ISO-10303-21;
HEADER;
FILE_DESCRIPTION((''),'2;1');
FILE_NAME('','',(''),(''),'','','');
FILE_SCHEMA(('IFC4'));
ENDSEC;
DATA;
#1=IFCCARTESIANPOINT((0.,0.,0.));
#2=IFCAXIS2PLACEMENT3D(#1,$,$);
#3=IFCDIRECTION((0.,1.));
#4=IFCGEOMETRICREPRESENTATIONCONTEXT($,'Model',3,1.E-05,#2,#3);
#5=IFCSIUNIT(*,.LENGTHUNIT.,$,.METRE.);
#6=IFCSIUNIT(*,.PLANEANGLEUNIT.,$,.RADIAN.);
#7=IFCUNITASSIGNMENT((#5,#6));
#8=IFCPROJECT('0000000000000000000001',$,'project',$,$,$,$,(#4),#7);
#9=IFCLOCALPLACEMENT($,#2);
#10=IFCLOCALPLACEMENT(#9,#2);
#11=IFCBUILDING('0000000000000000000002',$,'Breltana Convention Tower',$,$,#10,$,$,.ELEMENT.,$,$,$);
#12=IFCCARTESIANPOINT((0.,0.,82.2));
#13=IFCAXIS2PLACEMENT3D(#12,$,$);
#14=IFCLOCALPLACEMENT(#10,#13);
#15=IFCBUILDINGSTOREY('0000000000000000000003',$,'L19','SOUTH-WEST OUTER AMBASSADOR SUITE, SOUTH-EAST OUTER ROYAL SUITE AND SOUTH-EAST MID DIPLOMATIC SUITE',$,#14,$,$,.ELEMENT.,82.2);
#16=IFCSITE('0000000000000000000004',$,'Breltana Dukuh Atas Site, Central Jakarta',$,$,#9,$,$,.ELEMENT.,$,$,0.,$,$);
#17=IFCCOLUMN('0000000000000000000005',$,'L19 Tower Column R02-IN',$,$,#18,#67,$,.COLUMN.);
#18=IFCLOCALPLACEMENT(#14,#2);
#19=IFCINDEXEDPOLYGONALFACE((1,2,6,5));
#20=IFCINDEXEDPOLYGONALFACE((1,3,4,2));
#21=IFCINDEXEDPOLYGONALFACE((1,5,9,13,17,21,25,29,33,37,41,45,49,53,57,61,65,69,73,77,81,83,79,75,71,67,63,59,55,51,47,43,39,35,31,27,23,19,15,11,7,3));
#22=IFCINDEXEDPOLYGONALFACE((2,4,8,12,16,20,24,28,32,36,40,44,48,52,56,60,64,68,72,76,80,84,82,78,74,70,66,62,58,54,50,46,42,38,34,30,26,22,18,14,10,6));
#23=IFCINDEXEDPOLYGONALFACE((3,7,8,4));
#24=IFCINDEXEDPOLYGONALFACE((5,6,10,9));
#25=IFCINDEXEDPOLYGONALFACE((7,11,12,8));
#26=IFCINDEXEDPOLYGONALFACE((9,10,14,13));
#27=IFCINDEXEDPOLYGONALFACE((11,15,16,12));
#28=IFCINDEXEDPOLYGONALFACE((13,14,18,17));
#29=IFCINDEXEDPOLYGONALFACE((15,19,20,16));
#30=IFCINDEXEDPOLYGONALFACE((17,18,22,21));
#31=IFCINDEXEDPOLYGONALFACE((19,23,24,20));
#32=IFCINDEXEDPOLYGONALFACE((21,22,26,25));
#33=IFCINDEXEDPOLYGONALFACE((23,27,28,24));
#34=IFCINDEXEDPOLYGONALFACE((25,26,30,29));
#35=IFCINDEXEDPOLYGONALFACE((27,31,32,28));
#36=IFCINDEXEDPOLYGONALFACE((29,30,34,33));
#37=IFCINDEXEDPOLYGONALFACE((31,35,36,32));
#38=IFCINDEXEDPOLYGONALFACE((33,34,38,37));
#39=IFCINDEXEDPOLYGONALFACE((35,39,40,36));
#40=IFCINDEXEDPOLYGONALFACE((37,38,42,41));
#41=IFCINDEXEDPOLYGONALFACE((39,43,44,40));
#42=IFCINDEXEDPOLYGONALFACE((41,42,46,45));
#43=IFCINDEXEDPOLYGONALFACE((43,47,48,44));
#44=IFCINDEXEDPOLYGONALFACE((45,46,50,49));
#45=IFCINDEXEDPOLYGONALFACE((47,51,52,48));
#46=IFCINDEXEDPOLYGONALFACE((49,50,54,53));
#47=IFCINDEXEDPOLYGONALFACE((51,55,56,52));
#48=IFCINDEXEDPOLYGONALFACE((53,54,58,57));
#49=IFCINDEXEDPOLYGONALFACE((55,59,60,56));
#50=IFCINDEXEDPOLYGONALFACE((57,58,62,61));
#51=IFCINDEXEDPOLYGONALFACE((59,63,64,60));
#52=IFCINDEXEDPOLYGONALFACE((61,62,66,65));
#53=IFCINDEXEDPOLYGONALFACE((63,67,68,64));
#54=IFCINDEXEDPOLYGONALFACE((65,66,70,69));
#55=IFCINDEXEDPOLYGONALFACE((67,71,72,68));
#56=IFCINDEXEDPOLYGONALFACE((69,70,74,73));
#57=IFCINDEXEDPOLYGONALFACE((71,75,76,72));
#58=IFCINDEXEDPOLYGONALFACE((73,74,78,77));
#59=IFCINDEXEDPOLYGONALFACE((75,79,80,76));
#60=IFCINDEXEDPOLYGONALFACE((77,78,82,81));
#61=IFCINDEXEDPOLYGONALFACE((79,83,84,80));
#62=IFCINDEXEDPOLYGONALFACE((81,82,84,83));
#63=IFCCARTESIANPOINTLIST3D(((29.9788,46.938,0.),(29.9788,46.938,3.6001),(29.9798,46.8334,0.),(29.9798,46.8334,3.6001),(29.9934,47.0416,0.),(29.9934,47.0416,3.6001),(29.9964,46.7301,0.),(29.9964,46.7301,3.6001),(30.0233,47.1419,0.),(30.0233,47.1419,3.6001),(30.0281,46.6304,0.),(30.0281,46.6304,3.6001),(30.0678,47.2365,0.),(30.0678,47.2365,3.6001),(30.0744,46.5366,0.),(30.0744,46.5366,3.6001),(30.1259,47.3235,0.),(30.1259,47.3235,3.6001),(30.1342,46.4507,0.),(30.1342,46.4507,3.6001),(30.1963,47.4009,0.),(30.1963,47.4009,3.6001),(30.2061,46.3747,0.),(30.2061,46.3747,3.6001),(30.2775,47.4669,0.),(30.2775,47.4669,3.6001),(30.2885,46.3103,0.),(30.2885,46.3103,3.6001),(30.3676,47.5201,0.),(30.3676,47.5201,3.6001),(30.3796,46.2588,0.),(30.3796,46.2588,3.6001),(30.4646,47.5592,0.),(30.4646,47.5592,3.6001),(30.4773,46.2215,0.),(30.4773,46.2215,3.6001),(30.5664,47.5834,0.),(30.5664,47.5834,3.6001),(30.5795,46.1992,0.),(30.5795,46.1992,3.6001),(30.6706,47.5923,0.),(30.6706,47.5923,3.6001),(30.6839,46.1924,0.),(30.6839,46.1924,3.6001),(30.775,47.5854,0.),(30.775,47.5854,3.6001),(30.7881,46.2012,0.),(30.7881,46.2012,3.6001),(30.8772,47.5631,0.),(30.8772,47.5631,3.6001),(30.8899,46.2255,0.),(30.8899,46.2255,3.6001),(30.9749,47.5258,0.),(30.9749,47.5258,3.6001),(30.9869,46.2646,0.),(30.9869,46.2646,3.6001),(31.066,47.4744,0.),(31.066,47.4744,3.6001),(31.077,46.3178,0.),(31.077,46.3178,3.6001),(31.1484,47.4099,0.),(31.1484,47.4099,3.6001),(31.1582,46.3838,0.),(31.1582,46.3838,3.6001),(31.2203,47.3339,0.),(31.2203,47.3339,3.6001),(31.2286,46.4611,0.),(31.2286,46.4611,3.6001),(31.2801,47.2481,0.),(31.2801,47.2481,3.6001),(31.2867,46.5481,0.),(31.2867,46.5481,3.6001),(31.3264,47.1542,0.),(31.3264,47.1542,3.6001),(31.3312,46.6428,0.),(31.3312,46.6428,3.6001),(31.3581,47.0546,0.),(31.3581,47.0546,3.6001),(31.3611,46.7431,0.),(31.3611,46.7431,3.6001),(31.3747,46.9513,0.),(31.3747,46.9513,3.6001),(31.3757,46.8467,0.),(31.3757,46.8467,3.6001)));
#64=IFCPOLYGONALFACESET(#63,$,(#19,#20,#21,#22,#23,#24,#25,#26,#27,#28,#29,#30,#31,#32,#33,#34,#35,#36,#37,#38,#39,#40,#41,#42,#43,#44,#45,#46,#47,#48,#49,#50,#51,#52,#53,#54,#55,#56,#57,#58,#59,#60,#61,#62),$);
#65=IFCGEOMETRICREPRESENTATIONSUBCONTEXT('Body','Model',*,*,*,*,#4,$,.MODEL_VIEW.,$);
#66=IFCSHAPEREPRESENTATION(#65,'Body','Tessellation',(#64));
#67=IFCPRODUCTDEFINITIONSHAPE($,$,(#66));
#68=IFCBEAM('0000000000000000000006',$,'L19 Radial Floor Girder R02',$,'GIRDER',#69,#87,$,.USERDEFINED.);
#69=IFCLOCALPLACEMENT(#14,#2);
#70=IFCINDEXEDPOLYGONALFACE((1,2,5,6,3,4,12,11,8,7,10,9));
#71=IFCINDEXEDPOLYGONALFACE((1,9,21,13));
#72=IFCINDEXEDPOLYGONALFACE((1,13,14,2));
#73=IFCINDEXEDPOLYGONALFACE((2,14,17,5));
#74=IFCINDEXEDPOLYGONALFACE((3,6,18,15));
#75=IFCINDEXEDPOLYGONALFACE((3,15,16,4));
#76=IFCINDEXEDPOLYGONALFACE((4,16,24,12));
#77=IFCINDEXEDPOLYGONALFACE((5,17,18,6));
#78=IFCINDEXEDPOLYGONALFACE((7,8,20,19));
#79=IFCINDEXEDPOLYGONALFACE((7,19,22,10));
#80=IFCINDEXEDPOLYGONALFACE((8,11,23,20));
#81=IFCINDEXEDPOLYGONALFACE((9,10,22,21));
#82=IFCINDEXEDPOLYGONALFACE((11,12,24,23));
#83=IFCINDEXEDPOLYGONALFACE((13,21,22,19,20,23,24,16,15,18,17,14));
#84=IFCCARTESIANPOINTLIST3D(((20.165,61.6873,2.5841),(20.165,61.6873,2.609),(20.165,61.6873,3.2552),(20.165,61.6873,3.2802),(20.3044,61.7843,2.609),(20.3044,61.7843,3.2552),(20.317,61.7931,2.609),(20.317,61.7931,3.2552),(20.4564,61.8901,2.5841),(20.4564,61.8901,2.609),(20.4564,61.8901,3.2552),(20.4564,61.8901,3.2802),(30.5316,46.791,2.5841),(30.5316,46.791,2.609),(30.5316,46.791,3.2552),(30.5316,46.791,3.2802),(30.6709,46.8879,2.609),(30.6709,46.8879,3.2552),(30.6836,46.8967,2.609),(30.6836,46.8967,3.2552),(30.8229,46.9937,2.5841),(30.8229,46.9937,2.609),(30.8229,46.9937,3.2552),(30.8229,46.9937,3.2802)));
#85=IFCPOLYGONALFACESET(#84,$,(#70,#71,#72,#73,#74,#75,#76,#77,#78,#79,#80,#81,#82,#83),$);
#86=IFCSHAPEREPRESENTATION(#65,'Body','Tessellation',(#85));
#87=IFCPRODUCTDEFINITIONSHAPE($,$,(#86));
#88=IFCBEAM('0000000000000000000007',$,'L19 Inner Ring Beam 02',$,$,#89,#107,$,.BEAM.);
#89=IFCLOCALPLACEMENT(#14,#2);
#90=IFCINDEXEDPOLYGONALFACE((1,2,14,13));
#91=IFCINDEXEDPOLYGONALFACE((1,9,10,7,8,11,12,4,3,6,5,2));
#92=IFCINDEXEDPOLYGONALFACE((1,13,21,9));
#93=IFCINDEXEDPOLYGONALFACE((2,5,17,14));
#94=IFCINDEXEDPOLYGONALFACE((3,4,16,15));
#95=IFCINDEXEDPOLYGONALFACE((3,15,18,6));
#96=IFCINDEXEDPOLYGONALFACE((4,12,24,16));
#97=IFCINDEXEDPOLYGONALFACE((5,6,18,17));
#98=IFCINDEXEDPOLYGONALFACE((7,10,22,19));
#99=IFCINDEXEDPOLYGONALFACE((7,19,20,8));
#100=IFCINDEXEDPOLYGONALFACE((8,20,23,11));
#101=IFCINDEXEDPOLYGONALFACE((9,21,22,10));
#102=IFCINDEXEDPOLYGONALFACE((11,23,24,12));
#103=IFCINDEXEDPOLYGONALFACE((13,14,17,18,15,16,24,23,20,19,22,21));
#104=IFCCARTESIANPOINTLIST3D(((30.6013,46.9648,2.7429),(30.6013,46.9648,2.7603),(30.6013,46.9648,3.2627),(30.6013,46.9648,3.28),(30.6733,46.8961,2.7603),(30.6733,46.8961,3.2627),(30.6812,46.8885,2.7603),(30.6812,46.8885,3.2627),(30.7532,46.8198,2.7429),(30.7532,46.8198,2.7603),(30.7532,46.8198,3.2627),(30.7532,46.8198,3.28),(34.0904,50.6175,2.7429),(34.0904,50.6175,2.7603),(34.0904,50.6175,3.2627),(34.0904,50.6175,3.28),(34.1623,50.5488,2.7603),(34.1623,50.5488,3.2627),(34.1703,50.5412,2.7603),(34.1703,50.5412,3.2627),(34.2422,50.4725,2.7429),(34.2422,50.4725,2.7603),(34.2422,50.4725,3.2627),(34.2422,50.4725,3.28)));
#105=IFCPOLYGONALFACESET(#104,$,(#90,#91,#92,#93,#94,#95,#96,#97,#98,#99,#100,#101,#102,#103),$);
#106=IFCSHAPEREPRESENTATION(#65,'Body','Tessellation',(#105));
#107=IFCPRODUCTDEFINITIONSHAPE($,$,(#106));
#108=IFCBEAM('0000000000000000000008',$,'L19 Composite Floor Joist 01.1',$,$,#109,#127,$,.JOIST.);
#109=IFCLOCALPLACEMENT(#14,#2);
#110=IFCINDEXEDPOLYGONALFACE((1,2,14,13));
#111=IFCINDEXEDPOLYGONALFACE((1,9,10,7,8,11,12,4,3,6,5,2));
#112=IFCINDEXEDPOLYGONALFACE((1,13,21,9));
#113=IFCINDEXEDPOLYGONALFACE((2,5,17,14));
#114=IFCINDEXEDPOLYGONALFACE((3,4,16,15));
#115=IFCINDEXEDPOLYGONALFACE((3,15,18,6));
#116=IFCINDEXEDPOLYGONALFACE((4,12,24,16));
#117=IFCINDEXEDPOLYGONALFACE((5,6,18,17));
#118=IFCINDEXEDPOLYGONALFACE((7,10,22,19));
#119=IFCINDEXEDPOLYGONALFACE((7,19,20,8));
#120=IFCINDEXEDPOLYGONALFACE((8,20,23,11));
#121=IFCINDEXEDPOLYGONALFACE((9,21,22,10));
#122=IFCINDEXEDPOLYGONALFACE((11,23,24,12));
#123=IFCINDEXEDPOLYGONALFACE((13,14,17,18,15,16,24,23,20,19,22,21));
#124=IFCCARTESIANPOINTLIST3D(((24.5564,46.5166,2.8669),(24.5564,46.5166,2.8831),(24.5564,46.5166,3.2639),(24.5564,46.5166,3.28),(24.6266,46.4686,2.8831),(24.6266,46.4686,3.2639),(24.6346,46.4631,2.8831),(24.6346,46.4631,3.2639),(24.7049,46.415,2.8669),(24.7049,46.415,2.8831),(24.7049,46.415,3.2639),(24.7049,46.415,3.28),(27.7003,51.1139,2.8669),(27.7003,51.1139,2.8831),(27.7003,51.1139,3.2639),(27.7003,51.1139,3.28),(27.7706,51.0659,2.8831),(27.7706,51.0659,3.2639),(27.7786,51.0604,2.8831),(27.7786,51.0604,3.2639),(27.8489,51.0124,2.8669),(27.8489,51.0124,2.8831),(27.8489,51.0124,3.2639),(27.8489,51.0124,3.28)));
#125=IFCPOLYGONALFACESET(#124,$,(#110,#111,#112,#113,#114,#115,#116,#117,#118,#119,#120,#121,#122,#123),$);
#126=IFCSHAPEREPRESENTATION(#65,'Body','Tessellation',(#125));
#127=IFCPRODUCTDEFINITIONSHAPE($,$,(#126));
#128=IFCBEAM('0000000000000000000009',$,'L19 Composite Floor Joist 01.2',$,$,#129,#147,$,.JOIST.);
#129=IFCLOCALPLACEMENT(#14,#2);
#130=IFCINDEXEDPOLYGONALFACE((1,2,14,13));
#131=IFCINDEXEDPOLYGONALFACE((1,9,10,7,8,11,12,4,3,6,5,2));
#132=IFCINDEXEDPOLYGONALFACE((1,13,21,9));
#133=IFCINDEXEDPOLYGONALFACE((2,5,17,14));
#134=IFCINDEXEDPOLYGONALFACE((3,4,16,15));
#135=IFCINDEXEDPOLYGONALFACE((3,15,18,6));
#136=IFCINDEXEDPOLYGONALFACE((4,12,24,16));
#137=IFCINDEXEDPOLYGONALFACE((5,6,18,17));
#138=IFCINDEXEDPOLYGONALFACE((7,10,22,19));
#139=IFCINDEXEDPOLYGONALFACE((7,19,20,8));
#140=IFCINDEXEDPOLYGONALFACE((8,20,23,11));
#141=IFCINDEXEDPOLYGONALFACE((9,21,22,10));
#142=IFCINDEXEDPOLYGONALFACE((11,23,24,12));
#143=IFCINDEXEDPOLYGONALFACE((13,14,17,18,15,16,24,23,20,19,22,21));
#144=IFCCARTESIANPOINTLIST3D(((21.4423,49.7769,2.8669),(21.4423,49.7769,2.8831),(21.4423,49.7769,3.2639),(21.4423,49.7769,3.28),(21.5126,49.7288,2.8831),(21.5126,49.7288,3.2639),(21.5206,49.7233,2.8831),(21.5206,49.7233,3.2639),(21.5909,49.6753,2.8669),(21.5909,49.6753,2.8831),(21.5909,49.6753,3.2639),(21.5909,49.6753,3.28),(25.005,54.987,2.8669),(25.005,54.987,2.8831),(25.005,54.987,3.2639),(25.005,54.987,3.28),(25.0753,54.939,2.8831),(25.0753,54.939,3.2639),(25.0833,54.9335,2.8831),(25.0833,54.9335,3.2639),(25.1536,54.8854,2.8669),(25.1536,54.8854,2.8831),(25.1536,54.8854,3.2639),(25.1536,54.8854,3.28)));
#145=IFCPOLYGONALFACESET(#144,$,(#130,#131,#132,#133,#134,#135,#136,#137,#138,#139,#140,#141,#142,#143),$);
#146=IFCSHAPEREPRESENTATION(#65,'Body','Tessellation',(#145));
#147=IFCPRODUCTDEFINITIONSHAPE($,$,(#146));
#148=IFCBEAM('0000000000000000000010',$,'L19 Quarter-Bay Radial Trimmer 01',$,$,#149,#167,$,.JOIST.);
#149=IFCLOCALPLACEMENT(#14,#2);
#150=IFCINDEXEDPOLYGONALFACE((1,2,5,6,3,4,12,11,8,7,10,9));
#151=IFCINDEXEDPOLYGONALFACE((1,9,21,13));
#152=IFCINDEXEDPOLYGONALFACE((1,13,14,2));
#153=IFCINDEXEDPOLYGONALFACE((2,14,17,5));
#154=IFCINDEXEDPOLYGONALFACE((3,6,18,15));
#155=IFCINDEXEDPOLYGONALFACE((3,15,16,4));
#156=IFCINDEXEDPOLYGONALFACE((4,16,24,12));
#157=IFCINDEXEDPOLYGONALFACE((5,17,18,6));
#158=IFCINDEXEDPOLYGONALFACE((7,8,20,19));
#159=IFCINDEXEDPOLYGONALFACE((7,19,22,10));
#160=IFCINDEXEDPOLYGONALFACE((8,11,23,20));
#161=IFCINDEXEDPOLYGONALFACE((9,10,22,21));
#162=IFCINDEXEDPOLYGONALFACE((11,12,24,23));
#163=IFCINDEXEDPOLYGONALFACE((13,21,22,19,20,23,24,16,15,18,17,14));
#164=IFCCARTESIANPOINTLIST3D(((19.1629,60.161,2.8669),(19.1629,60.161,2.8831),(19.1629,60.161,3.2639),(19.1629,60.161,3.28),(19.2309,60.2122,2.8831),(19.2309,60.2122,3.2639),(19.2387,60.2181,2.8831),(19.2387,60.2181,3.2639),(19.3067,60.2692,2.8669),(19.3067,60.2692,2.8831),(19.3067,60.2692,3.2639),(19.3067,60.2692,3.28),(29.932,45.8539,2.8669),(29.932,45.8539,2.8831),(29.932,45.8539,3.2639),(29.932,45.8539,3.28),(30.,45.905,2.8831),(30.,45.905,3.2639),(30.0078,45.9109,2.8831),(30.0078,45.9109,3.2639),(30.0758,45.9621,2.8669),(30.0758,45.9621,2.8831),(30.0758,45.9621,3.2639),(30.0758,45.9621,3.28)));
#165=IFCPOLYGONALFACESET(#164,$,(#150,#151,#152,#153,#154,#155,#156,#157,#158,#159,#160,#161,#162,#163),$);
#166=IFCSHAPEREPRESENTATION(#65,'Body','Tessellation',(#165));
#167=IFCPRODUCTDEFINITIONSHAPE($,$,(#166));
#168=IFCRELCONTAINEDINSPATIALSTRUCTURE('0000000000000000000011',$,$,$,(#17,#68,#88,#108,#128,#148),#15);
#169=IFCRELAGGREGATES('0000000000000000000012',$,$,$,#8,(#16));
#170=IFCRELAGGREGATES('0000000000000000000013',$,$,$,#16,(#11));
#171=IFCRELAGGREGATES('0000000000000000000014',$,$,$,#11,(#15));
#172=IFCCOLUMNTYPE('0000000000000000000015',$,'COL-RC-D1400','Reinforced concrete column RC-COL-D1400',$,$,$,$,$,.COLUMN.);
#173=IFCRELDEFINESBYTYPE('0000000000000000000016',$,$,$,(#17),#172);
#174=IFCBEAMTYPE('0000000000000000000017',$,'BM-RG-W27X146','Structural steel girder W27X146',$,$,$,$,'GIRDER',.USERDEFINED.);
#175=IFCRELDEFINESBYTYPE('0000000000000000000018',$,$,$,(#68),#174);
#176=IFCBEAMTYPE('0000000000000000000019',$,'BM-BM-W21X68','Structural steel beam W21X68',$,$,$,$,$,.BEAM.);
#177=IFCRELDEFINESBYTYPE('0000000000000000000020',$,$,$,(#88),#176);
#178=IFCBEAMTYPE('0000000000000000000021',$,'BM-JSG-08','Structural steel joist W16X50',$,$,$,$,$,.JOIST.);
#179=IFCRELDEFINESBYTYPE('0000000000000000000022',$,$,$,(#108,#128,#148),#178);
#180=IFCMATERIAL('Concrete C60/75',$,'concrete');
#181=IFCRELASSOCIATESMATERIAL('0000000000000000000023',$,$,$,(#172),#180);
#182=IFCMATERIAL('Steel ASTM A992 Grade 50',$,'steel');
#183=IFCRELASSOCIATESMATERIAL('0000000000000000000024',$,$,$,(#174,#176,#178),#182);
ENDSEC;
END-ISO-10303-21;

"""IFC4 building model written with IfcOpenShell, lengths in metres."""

from ifc_helpers import new_model, si_unit, direction, frame, origin, origin_2d, place, context, subcontext, project, spatial, circle, i_section, extrude, source, transform, mapped, material, material_profile, profile_set, type_object, element, save


model = new_model("IFC4")

# Units and contexts
model_context = context("Model", 3, precision=1e-05, world=origin(), true_north=direction((0.0, 1.0)))
body_context = subcontext(model_context, "Body", "Model", "MODEL_VIEW")
ifc_project = project(units=[si_unit("LENGTHUNIT", "METRE"), si_unit("PLANEANGLEUNIT", "RADIAN")], contexts=[model_context])

# Site, building, storey
site_placement = place(None, origin())
site = spatial("IfcSite", under=ifc_project, at=site_placement, Name="Breltana Dukuh Atas Site, Central Jakarta", CompositionType="ELEMENT", RefElevation=0.0)
building_placement = place(site_placement, origin())
building = spatial("IfcBuilding", under=site, at=building_placement, Name="Breltana Convention Tower", CompositionType="ELEMENT")
storey_placement = place(building_placement, frame((0.0, 0.0, 82.2)))
storey = spatial("IfcBuildingStorey", under=building, at=storey_placement, Name="L19", Description="SOUTH-WEST OUTER AMBASSADOR SUITE, SOUTH-EAST OUTER ROYAL SUITE AND SOUTH-EAST MID DIPLOMATIC SUITE", CompositionType="ELEMENT", Elevation=82.2)

# Column
ifc_material_1 = material(Name="Concrete C60/75", Category="concrete")
ifc_material_profile_1 = material_profile(ifc_material_1, circle(Radius=0.7, at=origin_2d()), Name="RC-COL-D1400")
ifc_profile_set_1 = profile_set([ifc_material_profile_1], Name="Concrete C60/75")
column_type = type_object("IfcColumnType", Name="COL-RC-D1400", Description="Reinforced concrete column RC-COL-D1400", PredefinedType="COLUMN", material=ifc_profile_set_1)
shared_shape_1 = source(origin(), body_context, "Body", "SweptSolid", [
    extrude(circle(Radius=0.7, at=origin_2d()), origin(), (0.0, 0.0, 1.0), 3.6001),
])
column_placement = place(storey_placement, frame((30.6772, 46.8923, 0.0), z_axis=(0.0, 0.0, 1.0), x_axis=(-0.571143, 0.82085, 0.0)))
element("IfcColumn", 1, at=column_placement, inside=storey, type_object=column_type, Name="L19 Tower Column R02-IN", PredefinedType="COLUMN", context=body_context, shape_type="MappedRepresentation", body=[
    mapped(shared_shape_1, transform((0.0, 0.0, 0.0), scale=1.0)),
])

# Beams
ifc_material_2 = material(Name="Steel ASTM A992 Grade 50", Category="steel")
ifc_material_profile_2 = material_profile(ifc_material_2, i_section(OverallWidth=0.355, OverallDepth=0.696, WebThickness=0.0154, FlangeThickness=0.0249, at=origin_2d()), Name="W27X146")
ifc_profile_set_2 = profile_set([ifc_material_profile_2], Name="Steel ASTM A992 Grade 50")
beam_type_1 = type_object("IfcBeamType", Name="BM-RG-W27X146", Description="Structural steel girder W27X146", ElementType="GIRDER", PredefinedType="USERDEFINED", material=ifc_profile_set_2)
shared_shape_2 = source(origin(), body_context, "Body", "SweptSolid", [
    extrude(i_section(OverallWidth=0.355, OverallDepth=0.696, WebThickness=0.0154, FlangeThickness=0.0249, at=origin_2d()), origin(), (0.0, 0.0, 1.0), 18.1484),
])
beam_1_placement = place(storey_placement, frame((30.6772, 46.8923, 2.9321), z_axis=(-0.571208, 0.820806, 0.0), x_axis=(-0.820806, -0.571208, 0.0)))
element("IfcBeam", 2, at=beam_1_placement, inside=storey, type_object=beam_type_1, Name="L19 Radial Floor Girder R02", ObjectType="GIRDER", PredefinedType="USERDEFINED", context=body_context, shape_type="MappedRepresentation", body=[
    mapped(shared_shape_2, transform((0.0, 0.0, 0.0), scale=1.0)),
])
ifc_material_profile_3 = material_profile(ifc_material_2, i_section(OverallWidth=0.21, OverallDepth=0.5371, WebThickness=0.011, FlangeThickness=0.0173, at=origin_2d()), Name="W21X68")
ifc_profile_set_3 = profile_set([ifc_material_profile_3], Name="Steel ASTM A992 Grade 50")
beam_type_2 = type_object("IfcBeamType", Name="BM-BM-W21X68", Description="Structural steel beam W21X68", PredefinedType="BEAM", material=ifc_profile_set_3)
shared_shape_3 = source(origin(), body_context, "Body", "SweptSolid", [
    extrude(i_section(OverallWidth=0.21, OverallDepth=0.5371, WebThickness=0.011, FlangeThickness=0.0173, at=origin_2d()), origin(), (0.0, 0.0, 1.0), 5.0513),
])
beam_2_placement = place(storey_placement, frame((30.6772, 46.8923, 3.0115), z_axis=(0.69073, 0.723113, 0.0), x_axis=(-0.723113, 0.69073, 0.0)))
element("IfcBeam", 3, at=beam_2_placement, inside=storey, type_object=beam_type_2, Name="L19 Inner Ring Beam 02", PredefinedType="BEAM", context=body_context, shape_type="MappedRepresentation", body=[
    mapped(shared_shape_3, transform((0.0, 0.0, 0.0), scale=1.0)),
])
ifc_material_profile_4 = material_profile(ifc_material_2, i_section(OverallWidth=0.1799, OverallDepth=0.4131, WebThickness=0.0098, FlangeThickness=0.0161, at=origin_2d()), Name="W16X50")
ifc_profile_set_4 = profile_set([ifc_material_profile_4], Name="Steel ASTM A992 Grade 50")
beam_type_3 = type_object("IfcBeamType", Name="BM-JSG-08", Description="Structural steel joist W16X50", PredefinedType="JOIST", material=ifc_profile_set_4)
shared_shape_4 = source(origin(), body_context, "Body", "SweptSolid", [
    extrude(i_section(OverallWidth=0.1799, OverallDepth=0.4131, WebThickness=0.0098, FlangeThickness=0.0161, at=origin_2d()), origin(), (0.0, 0.0, 1.0), 5.5696),
])
beam_3_placement = place(storey_placement, frame((24.6306, 46.4658, 3.0735), z_axis=(0.564494, 0.825437, 0.0), x_axis=(-0.825437, 0.564494, 0.0)))
element("IfcBeam", 4, at=beam_3_placement, inside=storey, type_object=beam_type_3, Name="L19 Composite Floor Joist 01.1", PredefinedType="JOIST", context=body_context, shape_type="MappedRepresentation", body=[
    mapped(shared_shape_4, transform((0.0, 0.0, 0.0), scale=1.0)),
])
shared_shape_5 = source(origin(), body_context, "Body", "SweptSolid", [
    extrude(i_section(OverallWidth=0.1799, OverallDepth=0.4131, WebThickness=0.0098, FlangeThickness=0.0161, at=origin_2d()), origin(), (0.0, 0.0, 1.0), 6.3118),
])
beam_4_placement = place(storey_placement, frame((21.5166, 49.7261, 3.0735), z_axis=(0.564454, 0.825465, 0.0), x_axis=(-0.825465, 0.564454, 0.0)))
element("IfcBeam", 5, at=beam_4_placement, inside=storey, type_object=beam_type_3, Name="L19 Composite Floor Joist 01.2", PredefinedType="JOIST", context=body_context, shape_type="MappedRepresentation", body=[
    mapped(shared_shape_5, transform((0.0, 0.0, 0.0), scale=1.0)),
])
shared_shape_6 = source(origin(), body_context, "Body", "SweptSolid", [
    extrude(i_section(OverallWidth=0.1799, OverallDepth=0.4131, WebThickness=0.0098, FlangeThickness=0.0161, at=origin_2d()), origin(), (0.0, 0.0, 1.0), 17.9072),
])
beam_5_placement = place(storey_placement, frame((30.0039, 45.908, 3.0735), z_axis=(-0.601382, 0.798962, 0.0), x_axis=(-0.798962, -0.601382, 0.0)))
element("IfcBeam", 6, at=beam_5_placement, inside=storey, type_object=beam_type_3, Name="L19 Quarter-Bay Radial Trimmer 01", PredefinedType="JOIST", context=body_context, shape_type="MappedRepresentation", body=[
    mapped(shared_shape_6, transform((0.0, 0.0, 0.0), scale=1.0)),
])

save(model, "model.ifc")
